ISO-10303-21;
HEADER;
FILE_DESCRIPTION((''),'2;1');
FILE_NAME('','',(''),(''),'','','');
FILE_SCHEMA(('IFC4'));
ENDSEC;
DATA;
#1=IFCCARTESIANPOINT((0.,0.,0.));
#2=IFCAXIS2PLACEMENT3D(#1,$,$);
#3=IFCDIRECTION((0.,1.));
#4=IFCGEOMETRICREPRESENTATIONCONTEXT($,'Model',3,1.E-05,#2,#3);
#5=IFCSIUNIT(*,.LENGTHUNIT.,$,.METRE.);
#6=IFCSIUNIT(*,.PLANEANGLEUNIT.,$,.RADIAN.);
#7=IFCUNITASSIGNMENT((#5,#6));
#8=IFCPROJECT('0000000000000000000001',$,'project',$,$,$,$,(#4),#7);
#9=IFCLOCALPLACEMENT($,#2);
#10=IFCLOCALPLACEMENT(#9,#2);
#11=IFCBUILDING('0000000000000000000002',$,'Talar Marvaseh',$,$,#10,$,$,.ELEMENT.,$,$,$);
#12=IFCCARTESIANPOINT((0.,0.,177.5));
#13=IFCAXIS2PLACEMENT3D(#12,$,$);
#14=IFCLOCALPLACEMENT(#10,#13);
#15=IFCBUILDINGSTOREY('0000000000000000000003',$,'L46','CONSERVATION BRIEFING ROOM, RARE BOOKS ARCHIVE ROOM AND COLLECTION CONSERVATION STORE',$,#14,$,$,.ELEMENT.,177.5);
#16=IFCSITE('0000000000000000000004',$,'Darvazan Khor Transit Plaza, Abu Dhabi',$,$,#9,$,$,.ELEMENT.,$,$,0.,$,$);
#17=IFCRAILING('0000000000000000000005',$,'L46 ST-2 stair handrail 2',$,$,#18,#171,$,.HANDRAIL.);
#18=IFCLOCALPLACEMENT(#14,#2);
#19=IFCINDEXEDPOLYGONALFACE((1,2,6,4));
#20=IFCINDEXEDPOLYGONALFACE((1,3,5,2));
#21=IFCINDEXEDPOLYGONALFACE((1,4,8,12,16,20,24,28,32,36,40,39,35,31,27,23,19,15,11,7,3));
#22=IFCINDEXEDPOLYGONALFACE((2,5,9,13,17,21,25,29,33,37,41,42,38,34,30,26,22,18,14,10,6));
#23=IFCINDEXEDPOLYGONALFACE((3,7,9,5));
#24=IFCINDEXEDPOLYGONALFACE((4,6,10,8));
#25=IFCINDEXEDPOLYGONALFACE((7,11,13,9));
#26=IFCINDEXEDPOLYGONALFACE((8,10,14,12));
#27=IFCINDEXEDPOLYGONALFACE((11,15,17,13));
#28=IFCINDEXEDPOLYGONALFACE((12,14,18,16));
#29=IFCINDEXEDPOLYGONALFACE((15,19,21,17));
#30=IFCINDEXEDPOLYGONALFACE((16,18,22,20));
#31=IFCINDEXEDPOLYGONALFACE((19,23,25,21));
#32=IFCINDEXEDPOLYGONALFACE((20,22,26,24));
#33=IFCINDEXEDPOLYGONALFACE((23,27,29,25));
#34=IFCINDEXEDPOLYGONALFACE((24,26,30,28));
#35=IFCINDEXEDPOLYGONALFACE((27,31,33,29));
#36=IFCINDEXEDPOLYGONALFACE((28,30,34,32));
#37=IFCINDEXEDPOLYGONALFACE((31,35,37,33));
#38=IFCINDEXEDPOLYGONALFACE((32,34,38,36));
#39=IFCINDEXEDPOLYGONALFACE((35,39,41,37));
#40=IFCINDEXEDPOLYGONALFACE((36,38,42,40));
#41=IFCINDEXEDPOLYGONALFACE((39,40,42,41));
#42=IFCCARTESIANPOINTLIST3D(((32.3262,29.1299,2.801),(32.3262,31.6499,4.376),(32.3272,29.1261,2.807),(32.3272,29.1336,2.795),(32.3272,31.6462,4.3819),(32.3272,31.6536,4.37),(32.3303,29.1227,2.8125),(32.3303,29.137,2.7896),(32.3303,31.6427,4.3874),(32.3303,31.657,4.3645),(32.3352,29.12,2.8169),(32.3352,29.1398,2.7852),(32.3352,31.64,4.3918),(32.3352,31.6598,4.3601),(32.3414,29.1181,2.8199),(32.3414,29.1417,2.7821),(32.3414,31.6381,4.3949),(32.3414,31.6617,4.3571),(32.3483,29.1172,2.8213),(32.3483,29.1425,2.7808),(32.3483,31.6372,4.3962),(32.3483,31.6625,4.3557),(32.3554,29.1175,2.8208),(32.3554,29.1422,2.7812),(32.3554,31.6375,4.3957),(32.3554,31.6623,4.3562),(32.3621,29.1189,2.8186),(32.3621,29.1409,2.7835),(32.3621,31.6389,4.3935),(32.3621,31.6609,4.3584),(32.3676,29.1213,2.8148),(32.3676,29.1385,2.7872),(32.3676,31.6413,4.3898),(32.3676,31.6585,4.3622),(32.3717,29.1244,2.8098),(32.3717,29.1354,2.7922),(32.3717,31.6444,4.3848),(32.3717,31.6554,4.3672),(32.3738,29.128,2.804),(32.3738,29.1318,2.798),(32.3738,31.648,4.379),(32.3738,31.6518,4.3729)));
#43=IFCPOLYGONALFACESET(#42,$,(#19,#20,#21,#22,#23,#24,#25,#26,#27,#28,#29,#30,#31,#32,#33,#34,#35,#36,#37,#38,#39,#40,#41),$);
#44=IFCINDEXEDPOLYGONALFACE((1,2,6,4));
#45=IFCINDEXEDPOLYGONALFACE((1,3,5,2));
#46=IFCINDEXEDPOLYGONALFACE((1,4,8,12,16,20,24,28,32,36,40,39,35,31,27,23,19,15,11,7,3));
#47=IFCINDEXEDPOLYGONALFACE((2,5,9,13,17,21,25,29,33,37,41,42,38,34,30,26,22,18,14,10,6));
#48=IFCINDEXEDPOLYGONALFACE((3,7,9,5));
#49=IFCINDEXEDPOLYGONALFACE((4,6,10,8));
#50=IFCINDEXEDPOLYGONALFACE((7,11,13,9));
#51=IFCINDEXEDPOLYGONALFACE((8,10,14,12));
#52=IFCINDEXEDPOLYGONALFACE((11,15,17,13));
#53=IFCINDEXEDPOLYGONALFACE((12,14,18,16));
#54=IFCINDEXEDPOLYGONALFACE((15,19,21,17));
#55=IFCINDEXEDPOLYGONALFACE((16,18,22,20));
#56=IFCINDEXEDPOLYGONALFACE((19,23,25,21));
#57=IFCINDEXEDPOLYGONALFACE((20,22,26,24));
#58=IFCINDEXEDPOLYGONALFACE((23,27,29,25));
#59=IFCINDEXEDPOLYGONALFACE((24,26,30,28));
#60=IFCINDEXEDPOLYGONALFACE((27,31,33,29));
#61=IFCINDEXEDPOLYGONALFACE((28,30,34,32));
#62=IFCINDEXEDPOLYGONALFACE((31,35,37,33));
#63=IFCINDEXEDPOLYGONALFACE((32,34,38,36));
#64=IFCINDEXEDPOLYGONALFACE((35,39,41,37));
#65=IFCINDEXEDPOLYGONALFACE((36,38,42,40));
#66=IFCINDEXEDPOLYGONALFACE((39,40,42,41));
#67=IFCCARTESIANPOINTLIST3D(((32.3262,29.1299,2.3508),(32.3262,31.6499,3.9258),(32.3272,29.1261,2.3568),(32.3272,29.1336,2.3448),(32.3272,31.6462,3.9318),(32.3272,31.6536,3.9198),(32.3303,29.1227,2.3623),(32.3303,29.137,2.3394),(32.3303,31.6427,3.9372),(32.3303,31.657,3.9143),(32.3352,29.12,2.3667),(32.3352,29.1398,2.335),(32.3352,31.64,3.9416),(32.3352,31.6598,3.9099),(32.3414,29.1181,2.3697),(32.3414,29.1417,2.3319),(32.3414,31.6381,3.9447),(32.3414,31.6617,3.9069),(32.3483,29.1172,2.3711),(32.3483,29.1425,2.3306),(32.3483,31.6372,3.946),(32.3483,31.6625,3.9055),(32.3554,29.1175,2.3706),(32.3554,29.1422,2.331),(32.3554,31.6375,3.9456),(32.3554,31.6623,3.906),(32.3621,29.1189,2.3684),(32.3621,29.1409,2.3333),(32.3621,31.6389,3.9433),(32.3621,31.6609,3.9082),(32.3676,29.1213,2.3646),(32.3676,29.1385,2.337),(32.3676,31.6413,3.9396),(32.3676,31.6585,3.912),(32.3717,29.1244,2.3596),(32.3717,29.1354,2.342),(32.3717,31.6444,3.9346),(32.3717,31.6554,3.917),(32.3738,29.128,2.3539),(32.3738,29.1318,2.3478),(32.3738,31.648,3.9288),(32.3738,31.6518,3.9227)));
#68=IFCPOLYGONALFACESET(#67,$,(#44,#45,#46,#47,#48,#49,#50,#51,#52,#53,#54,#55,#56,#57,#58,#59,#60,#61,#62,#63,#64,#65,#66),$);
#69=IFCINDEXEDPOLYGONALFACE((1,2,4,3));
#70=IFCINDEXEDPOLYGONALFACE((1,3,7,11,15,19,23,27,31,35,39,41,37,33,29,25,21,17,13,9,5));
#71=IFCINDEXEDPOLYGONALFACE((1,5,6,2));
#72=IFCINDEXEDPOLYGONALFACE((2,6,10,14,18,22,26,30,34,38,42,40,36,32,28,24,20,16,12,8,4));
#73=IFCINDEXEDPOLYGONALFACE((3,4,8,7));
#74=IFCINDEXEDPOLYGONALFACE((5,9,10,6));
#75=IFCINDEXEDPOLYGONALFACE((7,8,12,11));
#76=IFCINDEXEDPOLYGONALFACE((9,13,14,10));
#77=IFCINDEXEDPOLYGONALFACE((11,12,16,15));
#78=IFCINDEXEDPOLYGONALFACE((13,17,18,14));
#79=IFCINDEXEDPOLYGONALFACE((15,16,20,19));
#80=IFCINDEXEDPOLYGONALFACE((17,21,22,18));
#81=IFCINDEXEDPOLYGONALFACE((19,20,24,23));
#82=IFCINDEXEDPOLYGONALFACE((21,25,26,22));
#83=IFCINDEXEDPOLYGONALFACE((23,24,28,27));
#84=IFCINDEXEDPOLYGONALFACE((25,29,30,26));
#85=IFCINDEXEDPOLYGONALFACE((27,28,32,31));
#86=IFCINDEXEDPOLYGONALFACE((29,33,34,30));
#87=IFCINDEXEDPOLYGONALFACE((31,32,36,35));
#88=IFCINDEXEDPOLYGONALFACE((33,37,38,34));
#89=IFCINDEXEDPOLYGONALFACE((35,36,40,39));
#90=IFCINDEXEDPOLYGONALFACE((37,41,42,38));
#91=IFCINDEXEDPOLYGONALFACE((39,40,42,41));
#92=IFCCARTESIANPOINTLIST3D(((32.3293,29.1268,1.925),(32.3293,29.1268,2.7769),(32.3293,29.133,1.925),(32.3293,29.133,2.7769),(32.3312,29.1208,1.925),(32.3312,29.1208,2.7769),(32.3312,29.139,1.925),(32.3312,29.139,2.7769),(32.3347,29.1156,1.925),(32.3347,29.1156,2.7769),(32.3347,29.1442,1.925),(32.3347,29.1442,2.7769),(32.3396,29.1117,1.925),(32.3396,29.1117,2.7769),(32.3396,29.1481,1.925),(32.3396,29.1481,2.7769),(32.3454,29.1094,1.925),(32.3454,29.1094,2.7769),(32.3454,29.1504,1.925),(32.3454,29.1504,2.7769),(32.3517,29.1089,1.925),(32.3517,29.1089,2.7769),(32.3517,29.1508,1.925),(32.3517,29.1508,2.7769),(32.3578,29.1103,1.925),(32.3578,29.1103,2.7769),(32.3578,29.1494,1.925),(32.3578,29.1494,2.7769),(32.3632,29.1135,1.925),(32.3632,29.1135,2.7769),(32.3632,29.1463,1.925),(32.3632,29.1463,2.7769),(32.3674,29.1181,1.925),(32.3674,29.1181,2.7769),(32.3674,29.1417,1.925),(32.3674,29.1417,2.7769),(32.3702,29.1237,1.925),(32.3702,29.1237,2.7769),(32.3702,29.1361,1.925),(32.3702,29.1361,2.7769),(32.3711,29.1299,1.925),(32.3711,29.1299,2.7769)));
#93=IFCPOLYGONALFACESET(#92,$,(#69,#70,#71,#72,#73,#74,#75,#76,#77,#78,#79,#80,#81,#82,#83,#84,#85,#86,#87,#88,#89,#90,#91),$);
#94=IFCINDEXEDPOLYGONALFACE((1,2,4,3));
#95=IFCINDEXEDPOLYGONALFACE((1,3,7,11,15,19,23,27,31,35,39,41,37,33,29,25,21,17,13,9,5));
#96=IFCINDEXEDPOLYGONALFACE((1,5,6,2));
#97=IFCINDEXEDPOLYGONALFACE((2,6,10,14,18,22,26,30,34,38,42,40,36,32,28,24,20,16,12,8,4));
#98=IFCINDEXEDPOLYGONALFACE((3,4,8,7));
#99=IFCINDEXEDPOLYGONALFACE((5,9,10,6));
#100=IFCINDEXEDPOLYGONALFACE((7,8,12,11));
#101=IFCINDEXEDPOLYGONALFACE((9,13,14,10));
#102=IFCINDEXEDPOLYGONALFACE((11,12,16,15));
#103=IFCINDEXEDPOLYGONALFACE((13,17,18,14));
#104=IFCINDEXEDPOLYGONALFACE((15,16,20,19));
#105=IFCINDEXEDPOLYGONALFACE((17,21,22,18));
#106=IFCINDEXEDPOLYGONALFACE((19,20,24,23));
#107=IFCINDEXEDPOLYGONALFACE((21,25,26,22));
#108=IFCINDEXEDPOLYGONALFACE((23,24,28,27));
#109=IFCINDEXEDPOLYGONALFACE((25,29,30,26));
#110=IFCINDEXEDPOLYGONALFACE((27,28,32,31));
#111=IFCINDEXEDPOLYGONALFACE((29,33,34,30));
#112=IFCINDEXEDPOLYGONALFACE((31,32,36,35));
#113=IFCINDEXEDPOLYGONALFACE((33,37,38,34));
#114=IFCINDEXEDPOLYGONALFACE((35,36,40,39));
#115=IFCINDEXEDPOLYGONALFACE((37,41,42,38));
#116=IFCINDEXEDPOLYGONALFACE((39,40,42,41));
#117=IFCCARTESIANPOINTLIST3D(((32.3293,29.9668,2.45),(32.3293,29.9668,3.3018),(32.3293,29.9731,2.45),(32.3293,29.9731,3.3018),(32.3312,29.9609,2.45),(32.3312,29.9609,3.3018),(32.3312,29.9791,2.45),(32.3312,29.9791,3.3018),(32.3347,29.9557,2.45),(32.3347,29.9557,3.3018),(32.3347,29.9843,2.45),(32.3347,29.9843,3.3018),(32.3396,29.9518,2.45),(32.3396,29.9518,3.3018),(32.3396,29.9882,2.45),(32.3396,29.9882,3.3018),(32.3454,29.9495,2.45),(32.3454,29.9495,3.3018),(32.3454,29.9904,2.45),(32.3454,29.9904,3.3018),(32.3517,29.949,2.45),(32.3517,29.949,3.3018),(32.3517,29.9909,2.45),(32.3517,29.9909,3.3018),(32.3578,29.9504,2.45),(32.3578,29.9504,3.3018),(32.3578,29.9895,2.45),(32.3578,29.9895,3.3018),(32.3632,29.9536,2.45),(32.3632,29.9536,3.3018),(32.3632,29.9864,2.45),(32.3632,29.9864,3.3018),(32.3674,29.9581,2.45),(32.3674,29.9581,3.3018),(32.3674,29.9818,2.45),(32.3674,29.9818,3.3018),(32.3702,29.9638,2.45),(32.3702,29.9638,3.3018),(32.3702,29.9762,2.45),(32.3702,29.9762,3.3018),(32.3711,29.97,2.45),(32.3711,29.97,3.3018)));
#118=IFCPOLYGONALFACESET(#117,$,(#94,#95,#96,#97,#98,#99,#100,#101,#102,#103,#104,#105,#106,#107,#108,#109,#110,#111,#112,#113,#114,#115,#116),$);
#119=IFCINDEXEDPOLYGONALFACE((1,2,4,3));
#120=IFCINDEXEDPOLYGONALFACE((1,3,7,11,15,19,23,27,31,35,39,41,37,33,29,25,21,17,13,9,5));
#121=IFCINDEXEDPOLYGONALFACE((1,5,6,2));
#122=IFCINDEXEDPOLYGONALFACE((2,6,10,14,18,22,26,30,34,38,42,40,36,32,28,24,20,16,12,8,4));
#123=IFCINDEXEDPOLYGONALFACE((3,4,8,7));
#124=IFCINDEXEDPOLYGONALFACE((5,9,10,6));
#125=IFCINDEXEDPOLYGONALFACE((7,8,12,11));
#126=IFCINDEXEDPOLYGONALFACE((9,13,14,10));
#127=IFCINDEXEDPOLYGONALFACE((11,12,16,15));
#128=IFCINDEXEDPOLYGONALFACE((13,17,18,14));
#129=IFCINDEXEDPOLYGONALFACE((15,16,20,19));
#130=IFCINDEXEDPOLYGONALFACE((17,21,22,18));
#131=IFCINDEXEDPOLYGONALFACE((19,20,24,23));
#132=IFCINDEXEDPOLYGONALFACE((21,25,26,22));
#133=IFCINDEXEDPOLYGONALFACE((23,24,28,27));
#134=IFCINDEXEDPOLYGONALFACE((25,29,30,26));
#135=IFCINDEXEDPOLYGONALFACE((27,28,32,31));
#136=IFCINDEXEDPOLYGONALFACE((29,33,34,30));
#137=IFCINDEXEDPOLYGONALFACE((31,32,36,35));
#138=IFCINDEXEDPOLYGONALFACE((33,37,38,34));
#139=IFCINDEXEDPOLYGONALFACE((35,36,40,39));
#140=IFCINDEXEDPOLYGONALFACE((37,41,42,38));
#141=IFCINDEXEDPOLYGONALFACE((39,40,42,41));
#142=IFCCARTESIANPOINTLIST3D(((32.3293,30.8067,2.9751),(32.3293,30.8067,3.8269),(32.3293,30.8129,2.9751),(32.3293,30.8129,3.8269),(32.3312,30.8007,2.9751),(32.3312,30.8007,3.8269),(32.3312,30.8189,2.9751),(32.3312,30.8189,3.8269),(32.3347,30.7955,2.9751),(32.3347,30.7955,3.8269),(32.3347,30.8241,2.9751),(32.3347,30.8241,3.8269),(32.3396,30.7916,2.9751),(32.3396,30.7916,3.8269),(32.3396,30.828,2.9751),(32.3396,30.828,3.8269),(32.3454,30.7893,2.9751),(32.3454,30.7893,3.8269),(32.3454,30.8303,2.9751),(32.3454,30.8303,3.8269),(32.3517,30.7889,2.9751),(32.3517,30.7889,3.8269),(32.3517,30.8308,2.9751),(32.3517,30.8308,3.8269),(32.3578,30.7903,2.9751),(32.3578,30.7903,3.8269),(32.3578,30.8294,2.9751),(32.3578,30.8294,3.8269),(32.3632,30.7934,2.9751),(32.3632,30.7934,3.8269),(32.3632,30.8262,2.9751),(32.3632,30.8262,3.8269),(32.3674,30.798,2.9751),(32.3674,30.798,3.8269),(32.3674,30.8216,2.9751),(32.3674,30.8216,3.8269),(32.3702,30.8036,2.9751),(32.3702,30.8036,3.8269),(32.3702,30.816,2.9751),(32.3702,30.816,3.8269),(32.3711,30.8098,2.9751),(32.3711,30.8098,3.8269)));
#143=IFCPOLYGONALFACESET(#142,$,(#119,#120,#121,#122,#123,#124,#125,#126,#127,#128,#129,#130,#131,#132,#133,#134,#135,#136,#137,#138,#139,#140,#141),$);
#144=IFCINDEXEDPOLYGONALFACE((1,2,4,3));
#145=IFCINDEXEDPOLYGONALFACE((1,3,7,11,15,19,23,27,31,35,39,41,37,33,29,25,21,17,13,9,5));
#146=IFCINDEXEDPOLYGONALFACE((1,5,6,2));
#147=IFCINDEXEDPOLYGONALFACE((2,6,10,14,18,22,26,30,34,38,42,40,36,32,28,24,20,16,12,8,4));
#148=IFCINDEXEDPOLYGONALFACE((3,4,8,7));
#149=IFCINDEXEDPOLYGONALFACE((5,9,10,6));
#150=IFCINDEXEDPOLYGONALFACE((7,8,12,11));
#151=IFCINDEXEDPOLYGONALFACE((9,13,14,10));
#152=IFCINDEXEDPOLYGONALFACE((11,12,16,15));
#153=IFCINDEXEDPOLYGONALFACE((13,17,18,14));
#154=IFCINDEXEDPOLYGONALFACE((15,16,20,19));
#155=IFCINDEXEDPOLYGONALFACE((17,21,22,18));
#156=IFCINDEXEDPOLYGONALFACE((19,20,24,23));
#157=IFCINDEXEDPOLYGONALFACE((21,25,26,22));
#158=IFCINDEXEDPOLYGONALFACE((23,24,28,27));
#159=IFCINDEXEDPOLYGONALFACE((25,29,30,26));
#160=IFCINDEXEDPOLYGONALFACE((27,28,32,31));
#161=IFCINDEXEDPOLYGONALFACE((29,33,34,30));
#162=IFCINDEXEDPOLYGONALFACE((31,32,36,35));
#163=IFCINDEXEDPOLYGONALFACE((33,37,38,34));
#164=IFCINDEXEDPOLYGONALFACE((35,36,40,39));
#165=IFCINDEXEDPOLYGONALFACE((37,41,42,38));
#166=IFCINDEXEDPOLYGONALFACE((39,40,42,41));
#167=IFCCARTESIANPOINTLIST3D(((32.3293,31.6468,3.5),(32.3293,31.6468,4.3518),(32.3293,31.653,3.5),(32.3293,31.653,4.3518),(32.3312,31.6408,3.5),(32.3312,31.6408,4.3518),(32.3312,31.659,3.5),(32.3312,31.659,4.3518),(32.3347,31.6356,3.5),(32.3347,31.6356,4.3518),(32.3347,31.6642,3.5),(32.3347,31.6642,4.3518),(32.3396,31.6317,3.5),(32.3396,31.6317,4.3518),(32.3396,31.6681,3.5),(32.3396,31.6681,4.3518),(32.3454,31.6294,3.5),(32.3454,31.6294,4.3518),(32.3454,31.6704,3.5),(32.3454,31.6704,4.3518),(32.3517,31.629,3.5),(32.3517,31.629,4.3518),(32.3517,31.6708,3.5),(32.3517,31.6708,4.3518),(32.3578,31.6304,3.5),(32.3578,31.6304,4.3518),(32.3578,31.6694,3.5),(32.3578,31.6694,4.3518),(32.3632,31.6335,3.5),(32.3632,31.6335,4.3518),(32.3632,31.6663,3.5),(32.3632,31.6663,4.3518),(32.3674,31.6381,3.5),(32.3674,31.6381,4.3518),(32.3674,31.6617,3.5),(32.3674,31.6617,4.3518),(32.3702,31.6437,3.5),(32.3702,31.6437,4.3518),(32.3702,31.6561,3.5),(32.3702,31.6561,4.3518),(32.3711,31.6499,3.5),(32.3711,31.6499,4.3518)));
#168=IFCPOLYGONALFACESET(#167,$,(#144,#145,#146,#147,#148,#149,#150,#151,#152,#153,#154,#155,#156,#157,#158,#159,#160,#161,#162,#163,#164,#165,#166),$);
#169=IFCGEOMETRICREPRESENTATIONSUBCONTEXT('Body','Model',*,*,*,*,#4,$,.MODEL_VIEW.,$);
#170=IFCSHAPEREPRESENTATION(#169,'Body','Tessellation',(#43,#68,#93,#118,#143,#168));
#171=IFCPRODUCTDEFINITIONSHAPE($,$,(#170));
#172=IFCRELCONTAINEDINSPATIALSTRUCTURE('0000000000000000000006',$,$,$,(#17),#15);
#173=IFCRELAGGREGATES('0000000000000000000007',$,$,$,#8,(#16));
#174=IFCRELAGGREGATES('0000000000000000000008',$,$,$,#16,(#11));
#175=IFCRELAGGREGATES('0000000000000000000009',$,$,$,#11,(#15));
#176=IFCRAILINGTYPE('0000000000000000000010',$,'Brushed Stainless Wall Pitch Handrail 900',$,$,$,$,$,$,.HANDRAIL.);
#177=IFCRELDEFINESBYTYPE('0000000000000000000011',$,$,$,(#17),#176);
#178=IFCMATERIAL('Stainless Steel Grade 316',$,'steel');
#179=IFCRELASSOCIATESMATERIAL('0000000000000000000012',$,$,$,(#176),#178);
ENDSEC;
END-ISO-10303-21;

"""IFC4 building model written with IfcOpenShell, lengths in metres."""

from ifc_helpers import new_model, si_unit, direction, frame, origin, origin_2d, place, context, subcontext, project, spatial, circle, extrude, material, type_object, element, save


model = new_model("IFC4")

# Units and contexts
model_context = context("Model", 3, precision=1e-05, world=origin(), true_north=direction((0.0, 1.0)))
body_context = subcontext(model_context, "Body", "Model", "MODEL_VIEW")
ifc_project = project(units=[si_unit("LENGTHUNIT", "METRE"), si_unit("PLANEANGLEUNIT", "RADIAN")], contexts=[model_context])

# Site, building, storey
site_placement = place(None, origin())
site = spatial("IfcSite", under=ifc_project, at=site_placement, Name="Darvazan Khor Transit Plaza, Abu Dhabi", CompositionType="ELEMENT", RefElevation=0.0)
building_placement = place(site_placement, origin())
building = spatial("IfcBuilding", under=site, at=building_placement, Name="Talar Marvaseh", CompositionType="ELEMENT")
storey_placement = place(building_placement, frame((0.0, 0.0, 177.5)))
storey = spatial("IfcBuildingStorey", under=building, at=storey_placement, Name="L46", Description="CONSERVATION BRIEFING ROOM, RARE BOOKS ARCHIVE ROOM AND COLLECTION CONSERVATION STORE", CompositionType="ELEMENT", Elevation=177.5)

# Shared definitions
ifc_material_1 = material(Name="Stainless Steel Grade 316", Category="steel")

# Railing
railing_type_1 = type_object("IfcRailingType", Name="Brushed Stainless Wall Pitch Handrail 900", PredefinedType="HANDRAIL", material=ifc_material_1)
railing_1_placement = place(storey_placement, frame((32.3501, 29.1299, 1.925)))
element("IfcRailing", 1, at=railing_1_placement, inside=storey, type_object=railing_type_1, Name="L46 ST-2 stair handrail 2", PredefinedType="HANDRAIL", context=body_context, shape_type="SweptSolid", body=[
    extrude(circle(Radius=0.0239, at=origin_2d()), frame((0.0, 0.0, 0.876), z_axis=(0.0, 0.848008, 0.529984), x_axis=(-1.0, 0.0, 0.0)), (0.0, 0.0, 1.0), 2.9717),
    extrude(circle(Radius=0.0239, at=origin_2d()), frame((0.0, 0.0, 0.4258), z_axis=(0.0, 0.848008, 0.529984), x_axis=(-1.0, 0.0, 0.0)), (0.0, 0.0, 1.0), 2.9717),
    extrude(circle(Radius=0.021, at=origin_2d()), origin(), (0.0, 0.0, 1.0), 0.8518),
    extrude(circle(Radius=0.021, at=origin_2d()), frame((0.0, 0.8401, 0.5249)), (0.0, 0.0, 1.0), 0.8518),
    extrude(circle(Radius=0.021, at=origin_2d()), frame((0.0, 1.6799, 1.05)), (0.0, 0.0, 1.0), 0.8518),
    extrude(circle(Radius=0.021, at=origin_2d()), frame((0.0, 2.52, 1.575)), (0.0, 0.0, 1.0), 0.8518),
])

save(model, "model.ifc")
